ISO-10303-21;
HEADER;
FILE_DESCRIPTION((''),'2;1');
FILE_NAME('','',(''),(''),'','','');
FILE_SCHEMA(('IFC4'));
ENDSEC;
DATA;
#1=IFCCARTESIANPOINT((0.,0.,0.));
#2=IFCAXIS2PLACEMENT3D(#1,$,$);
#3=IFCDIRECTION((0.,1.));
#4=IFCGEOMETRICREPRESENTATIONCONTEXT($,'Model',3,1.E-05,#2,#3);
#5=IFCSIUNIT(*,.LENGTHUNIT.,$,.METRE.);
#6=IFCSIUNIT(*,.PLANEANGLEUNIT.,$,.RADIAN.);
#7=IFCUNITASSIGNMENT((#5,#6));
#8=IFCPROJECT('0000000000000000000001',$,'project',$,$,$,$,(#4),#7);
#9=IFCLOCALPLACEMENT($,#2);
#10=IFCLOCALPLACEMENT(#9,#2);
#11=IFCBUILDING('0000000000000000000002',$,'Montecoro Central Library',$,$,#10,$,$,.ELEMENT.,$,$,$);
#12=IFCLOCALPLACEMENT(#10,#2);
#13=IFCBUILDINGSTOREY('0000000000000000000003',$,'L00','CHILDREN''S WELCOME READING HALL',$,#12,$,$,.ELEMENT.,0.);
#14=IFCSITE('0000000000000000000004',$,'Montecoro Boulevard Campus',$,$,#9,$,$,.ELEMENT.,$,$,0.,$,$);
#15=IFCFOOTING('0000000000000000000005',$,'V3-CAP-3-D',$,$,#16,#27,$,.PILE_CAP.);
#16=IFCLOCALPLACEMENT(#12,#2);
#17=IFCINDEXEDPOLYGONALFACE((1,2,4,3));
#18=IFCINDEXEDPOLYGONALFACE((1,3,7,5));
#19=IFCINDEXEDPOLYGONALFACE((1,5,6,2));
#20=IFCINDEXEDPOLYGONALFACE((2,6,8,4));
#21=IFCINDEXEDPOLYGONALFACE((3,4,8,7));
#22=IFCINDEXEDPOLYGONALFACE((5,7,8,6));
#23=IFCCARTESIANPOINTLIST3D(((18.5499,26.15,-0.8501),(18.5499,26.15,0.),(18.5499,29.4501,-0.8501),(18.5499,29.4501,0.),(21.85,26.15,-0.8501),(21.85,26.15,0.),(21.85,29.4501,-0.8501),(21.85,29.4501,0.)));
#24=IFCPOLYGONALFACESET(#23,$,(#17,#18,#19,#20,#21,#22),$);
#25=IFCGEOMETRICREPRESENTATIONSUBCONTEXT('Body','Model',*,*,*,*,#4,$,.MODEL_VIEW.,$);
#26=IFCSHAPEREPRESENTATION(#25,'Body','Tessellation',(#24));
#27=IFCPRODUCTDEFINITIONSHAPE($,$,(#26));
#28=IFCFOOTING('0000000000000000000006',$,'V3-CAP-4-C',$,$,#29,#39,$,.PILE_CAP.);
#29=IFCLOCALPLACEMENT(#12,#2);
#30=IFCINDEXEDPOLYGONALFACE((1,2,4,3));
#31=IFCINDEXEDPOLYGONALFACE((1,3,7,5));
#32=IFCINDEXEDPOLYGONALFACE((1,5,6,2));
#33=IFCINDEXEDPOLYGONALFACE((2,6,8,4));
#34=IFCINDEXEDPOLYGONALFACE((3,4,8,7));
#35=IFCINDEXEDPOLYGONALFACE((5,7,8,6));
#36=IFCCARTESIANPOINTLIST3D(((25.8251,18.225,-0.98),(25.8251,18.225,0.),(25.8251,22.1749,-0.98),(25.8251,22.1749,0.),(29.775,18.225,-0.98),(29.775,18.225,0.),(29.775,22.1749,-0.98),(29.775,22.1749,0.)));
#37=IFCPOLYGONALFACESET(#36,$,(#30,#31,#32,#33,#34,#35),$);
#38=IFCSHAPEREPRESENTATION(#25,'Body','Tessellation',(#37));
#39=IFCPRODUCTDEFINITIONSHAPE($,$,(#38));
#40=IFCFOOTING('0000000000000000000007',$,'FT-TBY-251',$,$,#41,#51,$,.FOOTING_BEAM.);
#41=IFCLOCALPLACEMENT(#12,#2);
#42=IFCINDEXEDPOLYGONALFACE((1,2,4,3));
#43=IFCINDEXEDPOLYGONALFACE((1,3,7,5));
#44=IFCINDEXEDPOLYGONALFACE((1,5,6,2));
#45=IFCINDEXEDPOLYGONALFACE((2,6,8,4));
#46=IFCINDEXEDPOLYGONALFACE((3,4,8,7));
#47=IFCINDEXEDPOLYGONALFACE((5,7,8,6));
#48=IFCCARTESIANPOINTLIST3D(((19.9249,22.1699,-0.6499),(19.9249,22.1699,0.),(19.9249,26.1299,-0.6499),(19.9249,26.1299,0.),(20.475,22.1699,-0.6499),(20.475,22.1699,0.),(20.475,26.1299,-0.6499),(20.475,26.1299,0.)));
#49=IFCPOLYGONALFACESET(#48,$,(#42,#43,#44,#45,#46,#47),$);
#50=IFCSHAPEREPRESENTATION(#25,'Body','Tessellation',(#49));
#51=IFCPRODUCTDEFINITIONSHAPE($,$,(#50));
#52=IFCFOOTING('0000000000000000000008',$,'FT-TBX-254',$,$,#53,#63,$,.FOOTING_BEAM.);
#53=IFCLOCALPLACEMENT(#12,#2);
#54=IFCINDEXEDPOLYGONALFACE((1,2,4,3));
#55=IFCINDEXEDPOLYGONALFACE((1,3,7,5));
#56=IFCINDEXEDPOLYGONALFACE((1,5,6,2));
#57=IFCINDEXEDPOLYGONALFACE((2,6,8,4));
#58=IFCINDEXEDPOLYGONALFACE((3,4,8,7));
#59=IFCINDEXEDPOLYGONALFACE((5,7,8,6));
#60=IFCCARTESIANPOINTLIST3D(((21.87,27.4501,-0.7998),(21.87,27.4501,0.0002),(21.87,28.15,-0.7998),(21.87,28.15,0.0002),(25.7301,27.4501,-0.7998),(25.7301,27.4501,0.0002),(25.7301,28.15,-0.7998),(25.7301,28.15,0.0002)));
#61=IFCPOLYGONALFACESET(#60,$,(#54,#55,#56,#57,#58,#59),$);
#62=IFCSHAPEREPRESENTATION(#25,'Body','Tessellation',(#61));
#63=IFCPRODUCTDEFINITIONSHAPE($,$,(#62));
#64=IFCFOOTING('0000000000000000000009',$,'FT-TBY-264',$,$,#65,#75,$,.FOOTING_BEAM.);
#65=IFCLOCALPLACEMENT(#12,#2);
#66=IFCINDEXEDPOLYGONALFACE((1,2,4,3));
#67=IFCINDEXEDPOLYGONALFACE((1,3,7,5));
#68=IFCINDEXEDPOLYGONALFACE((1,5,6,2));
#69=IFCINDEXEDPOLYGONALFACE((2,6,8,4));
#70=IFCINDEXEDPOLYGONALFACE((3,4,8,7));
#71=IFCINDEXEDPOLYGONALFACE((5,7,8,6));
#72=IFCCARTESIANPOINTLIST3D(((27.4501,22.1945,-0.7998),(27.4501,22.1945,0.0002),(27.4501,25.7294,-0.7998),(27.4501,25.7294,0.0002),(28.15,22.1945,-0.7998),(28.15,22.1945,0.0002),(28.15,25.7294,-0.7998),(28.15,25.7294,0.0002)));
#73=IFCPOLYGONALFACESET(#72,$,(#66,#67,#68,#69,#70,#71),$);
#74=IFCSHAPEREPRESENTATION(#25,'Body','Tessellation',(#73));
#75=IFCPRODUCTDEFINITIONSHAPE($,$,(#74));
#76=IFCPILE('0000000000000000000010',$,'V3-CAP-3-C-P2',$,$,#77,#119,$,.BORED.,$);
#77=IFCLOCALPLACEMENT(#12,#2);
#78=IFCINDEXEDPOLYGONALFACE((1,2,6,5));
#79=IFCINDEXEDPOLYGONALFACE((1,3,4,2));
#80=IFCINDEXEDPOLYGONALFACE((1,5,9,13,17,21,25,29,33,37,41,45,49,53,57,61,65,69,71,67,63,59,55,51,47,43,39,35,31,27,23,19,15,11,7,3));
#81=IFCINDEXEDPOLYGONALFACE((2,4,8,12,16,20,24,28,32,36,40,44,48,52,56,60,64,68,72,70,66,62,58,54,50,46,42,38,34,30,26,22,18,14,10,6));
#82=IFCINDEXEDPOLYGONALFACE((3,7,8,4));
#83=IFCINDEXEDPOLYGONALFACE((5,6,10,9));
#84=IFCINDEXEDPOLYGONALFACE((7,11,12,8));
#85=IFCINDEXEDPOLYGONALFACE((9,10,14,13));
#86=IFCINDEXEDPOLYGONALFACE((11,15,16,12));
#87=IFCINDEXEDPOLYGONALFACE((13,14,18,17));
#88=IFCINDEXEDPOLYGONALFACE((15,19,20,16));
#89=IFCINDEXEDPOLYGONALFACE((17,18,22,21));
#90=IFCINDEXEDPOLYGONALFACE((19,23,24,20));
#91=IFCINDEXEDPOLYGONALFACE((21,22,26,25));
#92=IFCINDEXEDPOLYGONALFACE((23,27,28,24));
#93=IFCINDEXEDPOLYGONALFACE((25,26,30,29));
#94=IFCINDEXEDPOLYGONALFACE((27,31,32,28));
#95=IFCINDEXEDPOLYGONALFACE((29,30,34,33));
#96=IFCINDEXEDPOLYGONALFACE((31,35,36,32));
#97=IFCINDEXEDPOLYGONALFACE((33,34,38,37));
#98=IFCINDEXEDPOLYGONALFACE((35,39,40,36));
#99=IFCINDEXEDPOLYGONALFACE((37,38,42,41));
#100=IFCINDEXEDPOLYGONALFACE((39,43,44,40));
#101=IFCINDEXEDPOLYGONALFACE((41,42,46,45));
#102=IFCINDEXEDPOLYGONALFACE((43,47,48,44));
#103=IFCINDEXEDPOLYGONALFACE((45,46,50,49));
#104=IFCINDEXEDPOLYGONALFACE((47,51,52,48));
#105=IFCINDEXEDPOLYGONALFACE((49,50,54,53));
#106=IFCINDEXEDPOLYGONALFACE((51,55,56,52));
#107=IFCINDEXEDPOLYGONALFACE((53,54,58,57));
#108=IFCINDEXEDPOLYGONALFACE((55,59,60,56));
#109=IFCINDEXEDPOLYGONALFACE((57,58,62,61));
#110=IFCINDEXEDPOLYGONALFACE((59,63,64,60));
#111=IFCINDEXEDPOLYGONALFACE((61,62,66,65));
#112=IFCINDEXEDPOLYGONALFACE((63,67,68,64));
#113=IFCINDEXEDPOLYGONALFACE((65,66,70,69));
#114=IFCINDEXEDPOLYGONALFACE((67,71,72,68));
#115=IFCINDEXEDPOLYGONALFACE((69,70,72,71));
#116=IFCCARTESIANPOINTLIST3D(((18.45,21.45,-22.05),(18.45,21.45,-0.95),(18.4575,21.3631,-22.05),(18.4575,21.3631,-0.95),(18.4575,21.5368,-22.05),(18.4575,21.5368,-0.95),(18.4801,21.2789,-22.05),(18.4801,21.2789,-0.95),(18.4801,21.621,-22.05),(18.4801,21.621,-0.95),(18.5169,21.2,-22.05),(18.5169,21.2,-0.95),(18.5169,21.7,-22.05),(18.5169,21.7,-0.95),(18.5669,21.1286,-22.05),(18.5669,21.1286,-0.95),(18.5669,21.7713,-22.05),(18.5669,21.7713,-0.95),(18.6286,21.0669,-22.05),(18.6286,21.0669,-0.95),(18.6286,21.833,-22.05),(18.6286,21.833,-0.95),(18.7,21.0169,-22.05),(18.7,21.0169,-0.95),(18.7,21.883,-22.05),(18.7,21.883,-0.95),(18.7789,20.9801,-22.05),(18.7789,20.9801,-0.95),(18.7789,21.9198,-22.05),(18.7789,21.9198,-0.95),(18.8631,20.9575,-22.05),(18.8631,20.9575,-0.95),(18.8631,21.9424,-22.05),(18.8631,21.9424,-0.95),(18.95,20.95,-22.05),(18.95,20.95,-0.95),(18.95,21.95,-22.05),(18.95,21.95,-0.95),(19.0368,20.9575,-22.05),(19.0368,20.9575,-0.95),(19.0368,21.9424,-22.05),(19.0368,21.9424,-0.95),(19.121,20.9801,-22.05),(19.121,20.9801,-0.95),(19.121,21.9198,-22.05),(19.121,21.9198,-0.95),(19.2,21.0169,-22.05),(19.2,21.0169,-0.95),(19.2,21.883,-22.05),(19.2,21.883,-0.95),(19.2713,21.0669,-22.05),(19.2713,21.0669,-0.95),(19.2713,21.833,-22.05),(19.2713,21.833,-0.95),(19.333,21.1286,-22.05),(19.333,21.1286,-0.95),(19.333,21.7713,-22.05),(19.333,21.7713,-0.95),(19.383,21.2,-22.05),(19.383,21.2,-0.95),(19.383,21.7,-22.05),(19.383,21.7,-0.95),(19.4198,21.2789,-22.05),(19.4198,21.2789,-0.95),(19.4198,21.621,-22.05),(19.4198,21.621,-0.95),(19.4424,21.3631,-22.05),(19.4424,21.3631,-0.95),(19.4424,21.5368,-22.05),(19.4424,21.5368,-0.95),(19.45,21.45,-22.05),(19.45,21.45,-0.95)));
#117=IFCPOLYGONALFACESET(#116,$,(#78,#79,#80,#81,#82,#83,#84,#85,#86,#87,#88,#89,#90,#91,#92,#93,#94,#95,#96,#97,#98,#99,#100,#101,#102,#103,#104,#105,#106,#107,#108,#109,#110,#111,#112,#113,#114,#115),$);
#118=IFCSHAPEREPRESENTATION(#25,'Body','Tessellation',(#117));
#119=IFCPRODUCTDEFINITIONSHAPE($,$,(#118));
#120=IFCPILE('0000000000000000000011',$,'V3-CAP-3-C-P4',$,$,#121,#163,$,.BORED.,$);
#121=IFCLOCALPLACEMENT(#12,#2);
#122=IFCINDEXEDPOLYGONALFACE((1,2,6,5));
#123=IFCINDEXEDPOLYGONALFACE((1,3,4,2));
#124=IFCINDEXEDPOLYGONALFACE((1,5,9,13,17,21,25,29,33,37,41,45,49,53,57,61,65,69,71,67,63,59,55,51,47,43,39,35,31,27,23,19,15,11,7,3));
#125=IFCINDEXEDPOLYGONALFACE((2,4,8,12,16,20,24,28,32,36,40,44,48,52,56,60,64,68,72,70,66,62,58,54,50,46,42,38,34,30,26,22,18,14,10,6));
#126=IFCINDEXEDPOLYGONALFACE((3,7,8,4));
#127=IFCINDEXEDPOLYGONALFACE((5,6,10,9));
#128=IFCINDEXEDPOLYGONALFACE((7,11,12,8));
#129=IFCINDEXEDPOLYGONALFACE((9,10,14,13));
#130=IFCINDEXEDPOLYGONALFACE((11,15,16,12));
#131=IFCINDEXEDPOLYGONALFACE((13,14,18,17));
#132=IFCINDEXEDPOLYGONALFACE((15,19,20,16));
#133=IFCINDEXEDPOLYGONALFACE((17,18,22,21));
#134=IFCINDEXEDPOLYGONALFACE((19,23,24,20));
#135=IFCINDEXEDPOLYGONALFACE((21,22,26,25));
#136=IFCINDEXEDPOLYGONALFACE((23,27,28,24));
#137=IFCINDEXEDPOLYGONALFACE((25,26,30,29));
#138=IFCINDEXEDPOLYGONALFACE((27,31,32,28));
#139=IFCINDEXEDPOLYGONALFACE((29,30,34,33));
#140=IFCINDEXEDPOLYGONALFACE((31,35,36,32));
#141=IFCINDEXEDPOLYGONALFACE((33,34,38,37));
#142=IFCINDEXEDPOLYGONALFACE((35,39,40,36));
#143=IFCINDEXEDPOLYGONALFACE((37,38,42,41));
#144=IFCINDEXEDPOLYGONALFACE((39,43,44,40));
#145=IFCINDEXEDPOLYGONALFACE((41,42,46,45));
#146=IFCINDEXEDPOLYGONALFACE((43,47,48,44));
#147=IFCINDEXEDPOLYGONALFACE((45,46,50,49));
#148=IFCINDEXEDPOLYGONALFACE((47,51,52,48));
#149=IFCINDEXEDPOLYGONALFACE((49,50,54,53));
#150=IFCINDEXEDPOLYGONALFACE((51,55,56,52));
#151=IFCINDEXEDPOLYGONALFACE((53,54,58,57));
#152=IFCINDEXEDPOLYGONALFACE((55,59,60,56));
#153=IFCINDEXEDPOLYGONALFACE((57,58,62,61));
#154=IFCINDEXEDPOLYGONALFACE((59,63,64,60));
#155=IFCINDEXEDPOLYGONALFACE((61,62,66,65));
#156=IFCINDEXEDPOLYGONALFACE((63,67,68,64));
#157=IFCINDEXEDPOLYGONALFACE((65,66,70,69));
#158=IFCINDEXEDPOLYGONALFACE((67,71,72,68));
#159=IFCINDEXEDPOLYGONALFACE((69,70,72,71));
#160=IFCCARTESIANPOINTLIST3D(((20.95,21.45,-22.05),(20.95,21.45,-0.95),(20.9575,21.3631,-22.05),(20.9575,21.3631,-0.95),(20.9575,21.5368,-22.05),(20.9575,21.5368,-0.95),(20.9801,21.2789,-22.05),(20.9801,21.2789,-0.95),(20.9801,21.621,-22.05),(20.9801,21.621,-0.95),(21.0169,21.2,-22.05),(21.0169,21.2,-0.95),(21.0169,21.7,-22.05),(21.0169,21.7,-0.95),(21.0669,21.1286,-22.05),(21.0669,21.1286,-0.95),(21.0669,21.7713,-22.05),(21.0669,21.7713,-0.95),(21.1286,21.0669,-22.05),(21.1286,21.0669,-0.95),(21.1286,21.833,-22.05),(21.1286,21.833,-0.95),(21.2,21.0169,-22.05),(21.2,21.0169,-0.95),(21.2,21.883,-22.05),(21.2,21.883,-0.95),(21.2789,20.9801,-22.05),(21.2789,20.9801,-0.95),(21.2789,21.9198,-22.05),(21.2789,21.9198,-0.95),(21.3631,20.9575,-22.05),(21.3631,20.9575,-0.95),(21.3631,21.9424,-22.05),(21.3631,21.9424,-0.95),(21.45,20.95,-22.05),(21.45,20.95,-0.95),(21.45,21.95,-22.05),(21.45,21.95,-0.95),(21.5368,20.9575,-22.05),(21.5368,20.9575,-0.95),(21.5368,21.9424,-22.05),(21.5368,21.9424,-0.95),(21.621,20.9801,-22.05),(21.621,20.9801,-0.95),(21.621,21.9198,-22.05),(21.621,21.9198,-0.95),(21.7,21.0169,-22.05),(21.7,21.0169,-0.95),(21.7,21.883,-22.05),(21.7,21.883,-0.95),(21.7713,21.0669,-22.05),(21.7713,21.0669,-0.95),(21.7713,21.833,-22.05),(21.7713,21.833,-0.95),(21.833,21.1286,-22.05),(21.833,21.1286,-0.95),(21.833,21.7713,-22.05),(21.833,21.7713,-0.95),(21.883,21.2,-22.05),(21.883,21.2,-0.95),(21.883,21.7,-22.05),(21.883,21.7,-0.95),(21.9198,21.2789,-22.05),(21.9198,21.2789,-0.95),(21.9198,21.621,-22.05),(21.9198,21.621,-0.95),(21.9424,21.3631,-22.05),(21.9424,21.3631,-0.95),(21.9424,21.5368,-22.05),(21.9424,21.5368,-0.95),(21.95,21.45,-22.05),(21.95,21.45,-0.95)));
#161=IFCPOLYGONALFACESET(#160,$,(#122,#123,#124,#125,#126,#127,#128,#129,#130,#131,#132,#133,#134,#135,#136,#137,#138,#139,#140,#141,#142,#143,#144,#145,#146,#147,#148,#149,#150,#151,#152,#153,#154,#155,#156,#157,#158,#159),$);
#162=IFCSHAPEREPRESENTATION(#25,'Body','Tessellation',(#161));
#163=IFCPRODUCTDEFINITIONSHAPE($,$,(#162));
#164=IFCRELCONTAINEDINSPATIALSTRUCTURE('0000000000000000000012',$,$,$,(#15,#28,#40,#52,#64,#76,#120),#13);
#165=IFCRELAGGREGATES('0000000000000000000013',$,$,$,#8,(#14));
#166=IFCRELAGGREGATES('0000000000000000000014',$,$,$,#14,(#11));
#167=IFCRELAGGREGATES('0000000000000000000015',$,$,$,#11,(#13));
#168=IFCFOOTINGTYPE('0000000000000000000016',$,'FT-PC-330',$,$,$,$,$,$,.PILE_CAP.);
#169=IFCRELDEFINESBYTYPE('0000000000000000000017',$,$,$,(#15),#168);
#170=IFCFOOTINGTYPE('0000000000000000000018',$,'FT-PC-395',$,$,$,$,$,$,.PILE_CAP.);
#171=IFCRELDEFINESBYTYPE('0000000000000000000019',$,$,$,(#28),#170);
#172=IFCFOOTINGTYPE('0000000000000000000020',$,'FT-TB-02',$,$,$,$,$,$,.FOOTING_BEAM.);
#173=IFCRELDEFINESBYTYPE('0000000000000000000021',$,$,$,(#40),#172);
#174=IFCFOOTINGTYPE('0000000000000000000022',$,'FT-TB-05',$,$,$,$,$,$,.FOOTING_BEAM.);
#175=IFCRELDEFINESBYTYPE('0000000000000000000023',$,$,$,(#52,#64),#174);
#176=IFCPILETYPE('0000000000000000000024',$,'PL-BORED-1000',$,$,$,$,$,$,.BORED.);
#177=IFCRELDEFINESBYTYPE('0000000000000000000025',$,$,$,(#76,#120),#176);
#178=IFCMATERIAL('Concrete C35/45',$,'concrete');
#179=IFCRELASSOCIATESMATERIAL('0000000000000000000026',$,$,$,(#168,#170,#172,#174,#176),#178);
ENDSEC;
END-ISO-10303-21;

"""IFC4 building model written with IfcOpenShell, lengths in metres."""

from ifc_helpers import new_model, si_unit, direction, frame, origin, origin_2d, place, context, subcontext, project, spatial, rectangle, circle, extrude, material, material_profile, profile_set, type_object, element, save


model = new_model("IFC4")

# Units and contexts
model_context = context("Model", 3, precision=1e-05, world=origin(), true_north=direction((0.0, 1.0)))
body_context = subcontext(model_context, "Body", "Model", "MODEL_VIEW")
ifc_project = project(units=[si_unit("LENGTHUNIT", "METRE"), si_unit("PLANEANGLEUNIT", "RADIAN")], contexts=[model_context])

# Site, building, storey
site_placement = place(None, origin())
site = spatial("IfcSite", under=ifc_project, at=site_placement, Name="Montecoro Boulevard Campus", CompositionType="ELEMENT", RefElevation=0.0)
building_placement = place(site_placement, origin())
building = spatial("IfcBuilding", under=site, at=building_placement, Name="Montecoro Central Library", CompositionType="ELEMENT")
storey_placement = place(building_placement, origin())
storey = spatial("IfcBuildingStorey", under=building, at=storey_placement, Name="L00", Description="CHILDREN'S WELCOME READING HALL", CompositionType="ELEMENT", Elevation=0.0)

# Footings
ifc_material_1 = material(Name="Concrete C35/45", Category="concrete")
footing_type_1 = type_object("IfcFootingType", Name="FT-PC-330", PredefinedType="PILE_CAP", material=ifc_material_1)
footing_1_placement = place(storey_placement, frame((20.2, 27.8, -0.8501), z_axis=(0.0, 0.0, 1.0), x_axis=(1.0, 0.0, 0.0)))
element("IfcFooting", 1, at=footing_1_placement, inside=storey, type_object=footing_type_1, Name="V3-CAP-3-D", PredefinedType="PILE_CAP", context=body_context, shape_type="SweptSolid", body=[
    extrude(rectangle(XDim=3.3, YDim=3.3, at=origin_2d()), origin(), (0.0, 0.0, 1.0), 0.8501),
])
footing_type_2 = type_object("IfcFootingType", Name="FT-PC-395", PredefinedType="PILE_CAP", material=ifc_material_1)
footing_2_placement = place(storey_placement, frame((27.8, 20.2, -0.98), z_axis=(0.0, 0.0, 1.0), x_axis=(1.0, 0.0, 0.0)))
element("IfcFooting", 2, at=footing_2_placement, inside=storey, type_object=footing_type_2, Name="V3-CAP-4-C", PredefinedType="PILE_CAP", context=body_context, shape_type="SweptSolid", body=[
    extrude(rectangle(XDim=3.95, YDim=3.95, at=origin_2d()), origin(), (0.0, 0.0, 1.0), 0.98),
])
footing_type_3 = type_object("IfcFootingType", Name="FT-TB-02", PredefinedType="FOOTING_BEAM", material=ifc_material_1)
footing_3_placement = place(storey_placement, frame((20.2, 24.1499, -0.6499), z_axis=(0.0, 0.0, 1.0), x_axis=(1.0, 0.0, 0.0)))
element("IfcFooting", 3, at=footing_3_placement, inside=storey, type_object=footing_type_3, Name="FT-TBY-251", PredefinedType="FOOTING_BEAM", context=body_context, shape_type="SweptSolid", body=[
    extrude(rectangle(XDim=0.55, YDim=3.96, at=origin_2d()), origin(), (0.0, 0.0, 1.0), 0.6499),
])
footing_type_4 = type_object("IfcFootingType", Name="FT-TB-05", PredefinedType="FOOTING_BEAM", material=ifc_material_1)
footing_4_placement = place(storey_placement, frame((23.8, 27.8, -0.7998), z_axis=(0.0, 0.0, 1.0), x_axis=(1.0, 0.0, 0.0)))
element("IfcFooting", 4, at=footing_4_placement, inside=storey, type_object=footing_type_4, Name="FT-TBX-254", PredefinedType="FOOTING_BEAM", context=body_context, shape_type="SweptSolid", body=[
    extrude(rectangle(XDim=3.8601, YDim=0.7, at=origin_2d()), origin(), (0.0, 0.0, 1.0), 0.8),
])
footing_5_placement = place(storey_placement, frame((27.8, 23.9619, -0.7998), z_axis=(0.0, 0.0, 1.0), x_axis=(1.0, 0.0, 0.0)))
element("IfcFooting", 5, at=footing_5_placement, inside=storey, type_object=footing_type_4, Name="FT-TBY-264", PredefinedType="FOOTING_BEAM", context=body_context, shape_type="SweptSolid", body=[
    extrude(rectangle(XDim=0.7, YDim=3.5349, at=origin_2d()), origin(), (0.0, 0.0, 1.0), 0.8),
])

# Piles
ifc_material_profile_1 = material_profile(ifc_material_1, circle(Radius=0.5, at=origin_2d()), Name="PILE D1000")
ifc_profile_set_1 = profile_set([ifc_material_profile_1], Name="Concrete C35/45")
pile_type_1 = type_object("IfcPileType", Name="PL-BORED-1000", PredefinedType="BORED", material=ifc_profile_set_1)
for number, where, z_axis, x_axis, name in (
    (6, (18.95, 21.45, -0.95), (0.0, 0.0, -1.0), (1.0, 0.0, 0.0), "V3-CAP-3-C-P2"),
    (7, (21.45, 21.45, -0.95), (0.0, 0.0, -1.0), (1.0, 0.0, 0.0), "V3-CAP-3-C-P4"),
):
    element("IfcPile", number, at=place(storey_placement, frame(where, z_axis=z_axis, x_axis=x_axis)), inside=storey, type_object=pile_type_1, Name=name, PredefinedType="BORED", context=body_context, shape_type="SweptSolid", body=[
        extrude(circle(Radius=0.5, at=origin_2d()), origin(), (0.0, 0.0, 1.0), 21.1001),
    ])

save(model, "model.ifc")
